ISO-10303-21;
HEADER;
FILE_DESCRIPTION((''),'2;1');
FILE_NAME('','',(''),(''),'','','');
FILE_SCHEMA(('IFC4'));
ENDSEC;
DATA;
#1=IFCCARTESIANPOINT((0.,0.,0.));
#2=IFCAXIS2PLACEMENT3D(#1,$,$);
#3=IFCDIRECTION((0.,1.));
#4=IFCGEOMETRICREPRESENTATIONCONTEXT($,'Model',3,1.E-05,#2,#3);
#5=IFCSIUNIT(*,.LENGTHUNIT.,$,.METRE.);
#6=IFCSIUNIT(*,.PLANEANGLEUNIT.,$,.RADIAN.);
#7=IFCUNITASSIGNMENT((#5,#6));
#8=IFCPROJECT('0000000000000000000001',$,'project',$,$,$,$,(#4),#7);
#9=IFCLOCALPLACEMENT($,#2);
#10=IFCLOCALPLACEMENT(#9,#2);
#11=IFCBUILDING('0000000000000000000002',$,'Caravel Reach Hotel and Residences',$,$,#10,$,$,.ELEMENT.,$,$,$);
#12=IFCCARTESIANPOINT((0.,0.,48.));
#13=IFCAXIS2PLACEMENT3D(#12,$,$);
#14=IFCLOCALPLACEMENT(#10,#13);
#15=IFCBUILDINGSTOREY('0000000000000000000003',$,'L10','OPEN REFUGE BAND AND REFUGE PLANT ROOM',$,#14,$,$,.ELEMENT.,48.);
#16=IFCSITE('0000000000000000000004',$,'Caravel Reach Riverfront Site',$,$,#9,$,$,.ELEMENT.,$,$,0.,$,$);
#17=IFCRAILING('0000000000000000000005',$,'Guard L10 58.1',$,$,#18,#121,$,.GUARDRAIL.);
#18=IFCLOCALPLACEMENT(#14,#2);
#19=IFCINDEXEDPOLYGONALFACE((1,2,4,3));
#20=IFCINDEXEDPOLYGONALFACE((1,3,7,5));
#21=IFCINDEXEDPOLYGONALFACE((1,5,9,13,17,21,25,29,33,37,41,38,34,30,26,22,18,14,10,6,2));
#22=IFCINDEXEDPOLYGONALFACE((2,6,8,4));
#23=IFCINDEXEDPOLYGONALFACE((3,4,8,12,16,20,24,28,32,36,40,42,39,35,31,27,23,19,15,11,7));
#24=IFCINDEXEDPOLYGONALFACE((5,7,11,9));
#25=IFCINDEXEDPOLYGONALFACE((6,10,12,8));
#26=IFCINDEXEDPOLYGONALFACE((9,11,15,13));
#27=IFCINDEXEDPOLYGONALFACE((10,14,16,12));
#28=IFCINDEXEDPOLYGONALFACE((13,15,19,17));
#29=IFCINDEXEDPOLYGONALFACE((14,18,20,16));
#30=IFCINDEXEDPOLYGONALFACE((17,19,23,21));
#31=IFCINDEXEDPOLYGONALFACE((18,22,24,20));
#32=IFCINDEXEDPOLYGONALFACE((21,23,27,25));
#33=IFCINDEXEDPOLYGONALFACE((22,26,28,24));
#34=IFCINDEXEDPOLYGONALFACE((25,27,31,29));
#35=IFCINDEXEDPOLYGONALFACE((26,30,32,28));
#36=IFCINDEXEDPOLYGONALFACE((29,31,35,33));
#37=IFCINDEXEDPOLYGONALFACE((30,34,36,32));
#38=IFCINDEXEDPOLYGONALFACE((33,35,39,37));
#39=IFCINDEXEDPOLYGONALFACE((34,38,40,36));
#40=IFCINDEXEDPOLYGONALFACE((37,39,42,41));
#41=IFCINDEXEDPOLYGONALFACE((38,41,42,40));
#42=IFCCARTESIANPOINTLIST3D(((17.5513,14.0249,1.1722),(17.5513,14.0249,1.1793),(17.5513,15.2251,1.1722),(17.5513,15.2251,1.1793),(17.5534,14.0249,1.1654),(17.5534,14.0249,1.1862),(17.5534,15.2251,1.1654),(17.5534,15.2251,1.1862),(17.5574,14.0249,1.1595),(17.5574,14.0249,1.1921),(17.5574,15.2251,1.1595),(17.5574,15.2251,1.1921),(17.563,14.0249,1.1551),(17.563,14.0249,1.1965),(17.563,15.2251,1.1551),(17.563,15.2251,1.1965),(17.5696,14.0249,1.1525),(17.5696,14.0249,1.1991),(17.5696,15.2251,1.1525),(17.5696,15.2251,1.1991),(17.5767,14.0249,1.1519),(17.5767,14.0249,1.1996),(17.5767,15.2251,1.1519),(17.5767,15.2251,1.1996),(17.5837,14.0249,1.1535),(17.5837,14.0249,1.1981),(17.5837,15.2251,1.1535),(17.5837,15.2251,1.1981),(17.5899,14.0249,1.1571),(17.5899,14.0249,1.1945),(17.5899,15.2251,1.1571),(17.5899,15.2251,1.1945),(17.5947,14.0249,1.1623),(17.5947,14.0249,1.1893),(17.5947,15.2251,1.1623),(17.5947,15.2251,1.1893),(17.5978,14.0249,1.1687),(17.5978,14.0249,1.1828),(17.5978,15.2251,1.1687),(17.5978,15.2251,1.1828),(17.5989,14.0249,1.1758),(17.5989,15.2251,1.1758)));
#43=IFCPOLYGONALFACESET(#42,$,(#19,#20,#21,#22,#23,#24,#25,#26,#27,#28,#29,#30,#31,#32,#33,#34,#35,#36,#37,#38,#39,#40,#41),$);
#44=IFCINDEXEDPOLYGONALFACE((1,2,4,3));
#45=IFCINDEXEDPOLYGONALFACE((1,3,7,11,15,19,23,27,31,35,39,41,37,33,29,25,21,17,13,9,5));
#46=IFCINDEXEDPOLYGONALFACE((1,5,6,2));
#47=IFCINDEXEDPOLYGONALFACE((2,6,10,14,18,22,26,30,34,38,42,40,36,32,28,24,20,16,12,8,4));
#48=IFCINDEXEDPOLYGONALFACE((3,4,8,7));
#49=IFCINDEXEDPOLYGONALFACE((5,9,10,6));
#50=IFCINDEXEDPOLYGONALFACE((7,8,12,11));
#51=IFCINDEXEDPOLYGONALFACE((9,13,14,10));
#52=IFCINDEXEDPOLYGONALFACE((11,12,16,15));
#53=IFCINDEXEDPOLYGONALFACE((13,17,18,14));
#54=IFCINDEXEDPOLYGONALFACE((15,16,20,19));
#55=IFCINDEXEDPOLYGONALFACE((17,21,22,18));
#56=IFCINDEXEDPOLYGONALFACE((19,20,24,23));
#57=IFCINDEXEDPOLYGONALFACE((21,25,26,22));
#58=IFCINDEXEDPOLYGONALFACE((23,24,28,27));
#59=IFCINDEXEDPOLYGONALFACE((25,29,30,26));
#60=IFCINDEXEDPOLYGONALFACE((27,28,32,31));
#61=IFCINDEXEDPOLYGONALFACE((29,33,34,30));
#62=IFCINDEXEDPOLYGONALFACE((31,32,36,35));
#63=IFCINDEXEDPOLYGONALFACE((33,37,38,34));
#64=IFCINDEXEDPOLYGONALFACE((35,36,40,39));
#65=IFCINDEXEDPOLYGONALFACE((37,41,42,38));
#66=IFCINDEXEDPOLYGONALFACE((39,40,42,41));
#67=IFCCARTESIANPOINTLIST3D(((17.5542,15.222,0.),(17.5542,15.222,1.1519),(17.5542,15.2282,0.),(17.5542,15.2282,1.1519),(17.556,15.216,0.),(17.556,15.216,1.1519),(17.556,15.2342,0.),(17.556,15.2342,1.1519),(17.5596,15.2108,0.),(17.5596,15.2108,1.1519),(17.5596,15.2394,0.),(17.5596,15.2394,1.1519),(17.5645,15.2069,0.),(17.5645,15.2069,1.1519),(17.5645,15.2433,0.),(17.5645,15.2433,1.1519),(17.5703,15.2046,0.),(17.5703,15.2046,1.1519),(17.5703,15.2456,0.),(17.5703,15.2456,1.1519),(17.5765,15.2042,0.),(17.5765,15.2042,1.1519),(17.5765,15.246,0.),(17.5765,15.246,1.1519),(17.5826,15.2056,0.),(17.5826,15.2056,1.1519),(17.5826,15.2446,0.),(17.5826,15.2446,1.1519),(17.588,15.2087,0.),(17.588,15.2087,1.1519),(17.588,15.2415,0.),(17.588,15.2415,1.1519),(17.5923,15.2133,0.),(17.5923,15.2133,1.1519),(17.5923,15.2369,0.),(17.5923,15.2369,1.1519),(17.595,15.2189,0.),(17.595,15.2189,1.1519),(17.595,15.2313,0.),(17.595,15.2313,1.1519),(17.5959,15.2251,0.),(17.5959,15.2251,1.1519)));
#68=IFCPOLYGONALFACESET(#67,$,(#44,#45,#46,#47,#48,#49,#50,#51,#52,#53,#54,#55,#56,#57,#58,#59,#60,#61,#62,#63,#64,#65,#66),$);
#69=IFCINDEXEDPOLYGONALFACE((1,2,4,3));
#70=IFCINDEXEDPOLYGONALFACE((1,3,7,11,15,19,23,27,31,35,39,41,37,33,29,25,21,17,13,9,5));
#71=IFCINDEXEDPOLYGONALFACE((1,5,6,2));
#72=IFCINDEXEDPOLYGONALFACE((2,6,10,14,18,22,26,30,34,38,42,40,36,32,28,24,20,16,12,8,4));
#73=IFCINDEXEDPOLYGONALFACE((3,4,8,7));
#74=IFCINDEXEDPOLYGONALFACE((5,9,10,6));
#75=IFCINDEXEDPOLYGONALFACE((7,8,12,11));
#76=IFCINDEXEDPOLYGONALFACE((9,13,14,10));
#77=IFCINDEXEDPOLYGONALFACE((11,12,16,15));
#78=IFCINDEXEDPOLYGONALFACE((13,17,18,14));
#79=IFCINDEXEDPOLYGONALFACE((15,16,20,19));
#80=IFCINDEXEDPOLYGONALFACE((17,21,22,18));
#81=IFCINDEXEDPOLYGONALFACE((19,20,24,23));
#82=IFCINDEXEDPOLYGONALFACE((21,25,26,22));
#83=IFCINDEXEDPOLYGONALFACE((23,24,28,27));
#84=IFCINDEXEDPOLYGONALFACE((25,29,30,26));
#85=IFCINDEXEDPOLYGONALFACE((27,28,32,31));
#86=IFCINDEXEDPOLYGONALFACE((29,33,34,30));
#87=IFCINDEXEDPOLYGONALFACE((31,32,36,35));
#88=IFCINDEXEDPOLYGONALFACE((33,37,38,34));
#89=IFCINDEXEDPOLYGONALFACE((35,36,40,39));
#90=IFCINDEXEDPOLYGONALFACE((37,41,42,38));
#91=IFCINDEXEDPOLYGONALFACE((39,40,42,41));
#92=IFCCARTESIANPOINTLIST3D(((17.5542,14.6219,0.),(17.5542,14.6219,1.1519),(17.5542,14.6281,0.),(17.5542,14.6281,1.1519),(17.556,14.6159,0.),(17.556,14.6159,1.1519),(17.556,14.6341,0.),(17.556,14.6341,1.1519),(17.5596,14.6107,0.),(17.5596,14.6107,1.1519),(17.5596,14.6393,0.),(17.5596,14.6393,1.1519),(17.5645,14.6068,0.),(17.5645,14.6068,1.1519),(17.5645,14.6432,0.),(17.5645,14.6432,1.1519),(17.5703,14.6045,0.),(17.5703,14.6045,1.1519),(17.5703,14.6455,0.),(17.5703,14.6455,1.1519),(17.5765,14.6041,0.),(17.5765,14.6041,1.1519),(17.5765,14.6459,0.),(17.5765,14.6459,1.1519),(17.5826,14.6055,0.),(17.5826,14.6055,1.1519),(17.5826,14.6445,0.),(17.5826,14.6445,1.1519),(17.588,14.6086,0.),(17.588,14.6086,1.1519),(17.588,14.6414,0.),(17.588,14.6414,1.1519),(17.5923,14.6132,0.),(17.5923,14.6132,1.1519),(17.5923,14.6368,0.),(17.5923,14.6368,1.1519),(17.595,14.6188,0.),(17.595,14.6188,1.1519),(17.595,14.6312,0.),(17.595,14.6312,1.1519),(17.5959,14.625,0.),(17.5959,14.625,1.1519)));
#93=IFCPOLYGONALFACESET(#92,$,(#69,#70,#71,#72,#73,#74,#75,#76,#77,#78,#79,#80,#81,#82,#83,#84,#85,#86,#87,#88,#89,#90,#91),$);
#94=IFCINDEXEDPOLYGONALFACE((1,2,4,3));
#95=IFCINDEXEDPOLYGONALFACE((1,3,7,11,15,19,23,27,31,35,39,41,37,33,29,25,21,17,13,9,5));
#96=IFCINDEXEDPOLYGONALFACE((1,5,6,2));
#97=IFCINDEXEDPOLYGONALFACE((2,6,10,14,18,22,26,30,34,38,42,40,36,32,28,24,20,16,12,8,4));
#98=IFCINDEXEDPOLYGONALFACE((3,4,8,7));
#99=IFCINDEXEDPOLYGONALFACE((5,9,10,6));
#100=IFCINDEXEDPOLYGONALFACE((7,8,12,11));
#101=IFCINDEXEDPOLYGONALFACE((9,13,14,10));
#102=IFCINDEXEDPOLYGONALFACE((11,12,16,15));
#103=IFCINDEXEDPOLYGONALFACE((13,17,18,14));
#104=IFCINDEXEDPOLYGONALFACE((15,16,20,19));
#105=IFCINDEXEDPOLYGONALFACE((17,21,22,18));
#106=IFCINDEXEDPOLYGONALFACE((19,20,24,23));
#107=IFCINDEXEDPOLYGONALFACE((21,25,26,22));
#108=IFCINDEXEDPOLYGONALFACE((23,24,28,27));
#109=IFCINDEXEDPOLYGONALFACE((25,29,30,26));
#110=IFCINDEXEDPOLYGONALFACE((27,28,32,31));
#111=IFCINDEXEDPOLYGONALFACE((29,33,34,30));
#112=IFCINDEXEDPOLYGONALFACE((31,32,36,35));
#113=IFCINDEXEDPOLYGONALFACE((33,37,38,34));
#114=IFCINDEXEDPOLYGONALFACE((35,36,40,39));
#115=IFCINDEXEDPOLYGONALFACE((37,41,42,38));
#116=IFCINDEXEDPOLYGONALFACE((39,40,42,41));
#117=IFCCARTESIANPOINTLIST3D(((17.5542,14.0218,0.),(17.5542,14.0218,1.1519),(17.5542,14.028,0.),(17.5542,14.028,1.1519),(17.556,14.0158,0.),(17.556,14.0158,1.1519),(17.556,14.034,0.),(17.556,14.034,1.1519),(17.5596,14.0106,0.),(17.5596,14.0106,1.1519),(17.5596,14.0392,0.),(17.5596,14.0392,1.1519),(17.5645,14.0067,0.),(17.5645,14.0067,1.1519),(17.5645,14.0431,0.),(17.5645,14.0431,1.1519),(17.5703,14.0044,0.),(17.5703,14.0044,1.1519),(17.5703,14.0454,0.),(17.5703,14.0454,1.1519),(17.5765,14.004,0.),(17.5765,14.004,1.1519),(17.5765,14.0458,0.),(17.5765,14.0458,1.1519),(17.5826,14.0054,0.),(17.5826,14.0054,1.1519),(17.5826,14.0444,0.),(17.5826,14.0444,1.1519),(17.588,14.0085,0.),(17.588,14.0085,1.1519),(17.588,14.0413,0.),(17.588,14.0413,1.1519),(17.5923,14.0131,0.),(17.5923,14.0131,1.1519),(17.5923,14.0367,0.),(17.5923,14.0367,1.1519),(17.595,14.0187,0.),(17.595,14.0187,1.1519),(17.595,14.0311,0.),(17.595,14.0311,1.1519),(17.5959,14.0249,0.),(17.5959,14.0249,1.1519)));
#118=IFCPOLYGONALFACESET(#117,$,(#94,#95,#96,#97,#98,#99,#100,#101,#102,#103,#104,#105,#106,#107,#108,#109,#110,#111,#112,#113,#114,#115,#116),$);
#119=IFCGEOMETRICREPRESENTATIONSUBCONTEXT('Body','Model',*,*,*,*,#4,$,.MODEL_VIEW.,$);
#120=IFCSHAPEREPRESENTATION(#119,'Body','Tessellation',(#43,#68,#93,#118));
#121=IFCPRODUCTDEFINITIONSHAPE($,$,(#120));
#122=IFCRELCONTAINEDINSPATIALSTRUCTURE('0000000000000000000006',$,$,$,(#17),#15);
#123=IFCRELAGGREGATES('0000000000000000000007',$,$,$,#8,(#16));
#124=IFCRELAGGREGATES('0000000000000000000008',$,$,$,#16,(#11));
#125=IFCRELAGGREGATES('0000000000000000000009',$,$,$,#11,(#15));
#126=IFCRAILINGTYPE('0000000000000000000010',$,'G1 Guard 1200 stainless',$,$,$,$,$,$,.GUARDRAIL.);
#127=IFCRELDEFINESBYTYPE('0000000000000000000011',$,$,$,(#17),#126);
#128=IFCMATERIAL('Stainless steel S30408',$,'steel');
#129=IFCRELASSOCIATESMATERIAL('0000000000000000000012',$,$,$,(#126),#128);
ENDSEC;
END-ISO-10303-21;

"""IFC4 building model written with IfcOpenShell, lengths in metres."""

from ifc_helpers import new_model, si_unit, direction, frame, origin, origin_2d, place, context, subcontext, project, spatial, circle, extrude, material, type_object, element, save


model = new_model("IFC4")

# Units and contexts
model_context = context("Model", 3, precision=1e-05, world=origin(), true_north=direction((0.0, 1.0)))
body_context = subcontext(model_context, "Body", "Model", "MODEL_VIEW")
ifc_project = project(units=[si_unit("LENGTHUNIT", "METRE"), si_unit("PLANEANGLEUNIT", "RADIAN")], contexts=[model_context])

# Site, building, storey
site_placement = place(None, origin())
site = spatial("IfcSite", under=ifc_project, at=site_placement, Name="Caravel Reach Riverfront Site", CompositionType="ELEMENT", RefElevation=0.0)
building_placement = place(site_placement, origin())
building = spatial("IfcBuilding", under=site, at=building_placement, Name="Caravel Reach Hotel and Residences", CompositionType="ELEMENT")
storey_placement = place(building_placement, frame((0.0, 0.0, 48.0)))
storey = spatial("IfcBuildingStorey", under=building, at=storey_placement, Name="L10", Description="OPEN REFUGE BAND AND REFUGE PLANT ROOM", CompositionType="ELEMENT", Elevation=48.0)

# Railing
ifc_material_1 = material(Name="Stainless steel S30408", Category="steel")
railing_type = type_object("IfcRailingType", Name="G1 Guard 1200 stainless", PredefinedType="GUARDRAIL", material=ifc_material_1)
railing_1_placement = place(storey_placement, frame((17.575, 15.2251, 0.0)))
element("IfcRailing", 1, at=railing_1_placement, inside=storey, type_object=railing_type, Name="Guard L10 58.1", PredefinedType="GUARDRAIL", context=body_context, shape_type="SweptSolid", body=[
    extrude(circle(Radius=0.0239, at=origin_2d()), frame((0.0, 0.0, 1.1758), z_axis=(0.0, -1.0, 0.0), x_axis=(1.0, 0.0, 0.0)), (0.0, 0.0, 1.0), 1.2002),
    extrude(circle(Radius=0.021, at=origin_2d()), origin(), (0.0, 0.0, 1.0), 1.1519),
    extrude(circle(Radius=0.021, at=origin_2d()), frame((0.0, -0.6001, 0.0)), (0.0, 0.0, 1.0), 1.1519),
    extrude(circle(Radius=0.021, at=origin_2d()), frame((0.0, -1.2002, 0.0)), (0.0, 0.0, 1.0), 1.1519),
])

save(model, "model.ifc")
